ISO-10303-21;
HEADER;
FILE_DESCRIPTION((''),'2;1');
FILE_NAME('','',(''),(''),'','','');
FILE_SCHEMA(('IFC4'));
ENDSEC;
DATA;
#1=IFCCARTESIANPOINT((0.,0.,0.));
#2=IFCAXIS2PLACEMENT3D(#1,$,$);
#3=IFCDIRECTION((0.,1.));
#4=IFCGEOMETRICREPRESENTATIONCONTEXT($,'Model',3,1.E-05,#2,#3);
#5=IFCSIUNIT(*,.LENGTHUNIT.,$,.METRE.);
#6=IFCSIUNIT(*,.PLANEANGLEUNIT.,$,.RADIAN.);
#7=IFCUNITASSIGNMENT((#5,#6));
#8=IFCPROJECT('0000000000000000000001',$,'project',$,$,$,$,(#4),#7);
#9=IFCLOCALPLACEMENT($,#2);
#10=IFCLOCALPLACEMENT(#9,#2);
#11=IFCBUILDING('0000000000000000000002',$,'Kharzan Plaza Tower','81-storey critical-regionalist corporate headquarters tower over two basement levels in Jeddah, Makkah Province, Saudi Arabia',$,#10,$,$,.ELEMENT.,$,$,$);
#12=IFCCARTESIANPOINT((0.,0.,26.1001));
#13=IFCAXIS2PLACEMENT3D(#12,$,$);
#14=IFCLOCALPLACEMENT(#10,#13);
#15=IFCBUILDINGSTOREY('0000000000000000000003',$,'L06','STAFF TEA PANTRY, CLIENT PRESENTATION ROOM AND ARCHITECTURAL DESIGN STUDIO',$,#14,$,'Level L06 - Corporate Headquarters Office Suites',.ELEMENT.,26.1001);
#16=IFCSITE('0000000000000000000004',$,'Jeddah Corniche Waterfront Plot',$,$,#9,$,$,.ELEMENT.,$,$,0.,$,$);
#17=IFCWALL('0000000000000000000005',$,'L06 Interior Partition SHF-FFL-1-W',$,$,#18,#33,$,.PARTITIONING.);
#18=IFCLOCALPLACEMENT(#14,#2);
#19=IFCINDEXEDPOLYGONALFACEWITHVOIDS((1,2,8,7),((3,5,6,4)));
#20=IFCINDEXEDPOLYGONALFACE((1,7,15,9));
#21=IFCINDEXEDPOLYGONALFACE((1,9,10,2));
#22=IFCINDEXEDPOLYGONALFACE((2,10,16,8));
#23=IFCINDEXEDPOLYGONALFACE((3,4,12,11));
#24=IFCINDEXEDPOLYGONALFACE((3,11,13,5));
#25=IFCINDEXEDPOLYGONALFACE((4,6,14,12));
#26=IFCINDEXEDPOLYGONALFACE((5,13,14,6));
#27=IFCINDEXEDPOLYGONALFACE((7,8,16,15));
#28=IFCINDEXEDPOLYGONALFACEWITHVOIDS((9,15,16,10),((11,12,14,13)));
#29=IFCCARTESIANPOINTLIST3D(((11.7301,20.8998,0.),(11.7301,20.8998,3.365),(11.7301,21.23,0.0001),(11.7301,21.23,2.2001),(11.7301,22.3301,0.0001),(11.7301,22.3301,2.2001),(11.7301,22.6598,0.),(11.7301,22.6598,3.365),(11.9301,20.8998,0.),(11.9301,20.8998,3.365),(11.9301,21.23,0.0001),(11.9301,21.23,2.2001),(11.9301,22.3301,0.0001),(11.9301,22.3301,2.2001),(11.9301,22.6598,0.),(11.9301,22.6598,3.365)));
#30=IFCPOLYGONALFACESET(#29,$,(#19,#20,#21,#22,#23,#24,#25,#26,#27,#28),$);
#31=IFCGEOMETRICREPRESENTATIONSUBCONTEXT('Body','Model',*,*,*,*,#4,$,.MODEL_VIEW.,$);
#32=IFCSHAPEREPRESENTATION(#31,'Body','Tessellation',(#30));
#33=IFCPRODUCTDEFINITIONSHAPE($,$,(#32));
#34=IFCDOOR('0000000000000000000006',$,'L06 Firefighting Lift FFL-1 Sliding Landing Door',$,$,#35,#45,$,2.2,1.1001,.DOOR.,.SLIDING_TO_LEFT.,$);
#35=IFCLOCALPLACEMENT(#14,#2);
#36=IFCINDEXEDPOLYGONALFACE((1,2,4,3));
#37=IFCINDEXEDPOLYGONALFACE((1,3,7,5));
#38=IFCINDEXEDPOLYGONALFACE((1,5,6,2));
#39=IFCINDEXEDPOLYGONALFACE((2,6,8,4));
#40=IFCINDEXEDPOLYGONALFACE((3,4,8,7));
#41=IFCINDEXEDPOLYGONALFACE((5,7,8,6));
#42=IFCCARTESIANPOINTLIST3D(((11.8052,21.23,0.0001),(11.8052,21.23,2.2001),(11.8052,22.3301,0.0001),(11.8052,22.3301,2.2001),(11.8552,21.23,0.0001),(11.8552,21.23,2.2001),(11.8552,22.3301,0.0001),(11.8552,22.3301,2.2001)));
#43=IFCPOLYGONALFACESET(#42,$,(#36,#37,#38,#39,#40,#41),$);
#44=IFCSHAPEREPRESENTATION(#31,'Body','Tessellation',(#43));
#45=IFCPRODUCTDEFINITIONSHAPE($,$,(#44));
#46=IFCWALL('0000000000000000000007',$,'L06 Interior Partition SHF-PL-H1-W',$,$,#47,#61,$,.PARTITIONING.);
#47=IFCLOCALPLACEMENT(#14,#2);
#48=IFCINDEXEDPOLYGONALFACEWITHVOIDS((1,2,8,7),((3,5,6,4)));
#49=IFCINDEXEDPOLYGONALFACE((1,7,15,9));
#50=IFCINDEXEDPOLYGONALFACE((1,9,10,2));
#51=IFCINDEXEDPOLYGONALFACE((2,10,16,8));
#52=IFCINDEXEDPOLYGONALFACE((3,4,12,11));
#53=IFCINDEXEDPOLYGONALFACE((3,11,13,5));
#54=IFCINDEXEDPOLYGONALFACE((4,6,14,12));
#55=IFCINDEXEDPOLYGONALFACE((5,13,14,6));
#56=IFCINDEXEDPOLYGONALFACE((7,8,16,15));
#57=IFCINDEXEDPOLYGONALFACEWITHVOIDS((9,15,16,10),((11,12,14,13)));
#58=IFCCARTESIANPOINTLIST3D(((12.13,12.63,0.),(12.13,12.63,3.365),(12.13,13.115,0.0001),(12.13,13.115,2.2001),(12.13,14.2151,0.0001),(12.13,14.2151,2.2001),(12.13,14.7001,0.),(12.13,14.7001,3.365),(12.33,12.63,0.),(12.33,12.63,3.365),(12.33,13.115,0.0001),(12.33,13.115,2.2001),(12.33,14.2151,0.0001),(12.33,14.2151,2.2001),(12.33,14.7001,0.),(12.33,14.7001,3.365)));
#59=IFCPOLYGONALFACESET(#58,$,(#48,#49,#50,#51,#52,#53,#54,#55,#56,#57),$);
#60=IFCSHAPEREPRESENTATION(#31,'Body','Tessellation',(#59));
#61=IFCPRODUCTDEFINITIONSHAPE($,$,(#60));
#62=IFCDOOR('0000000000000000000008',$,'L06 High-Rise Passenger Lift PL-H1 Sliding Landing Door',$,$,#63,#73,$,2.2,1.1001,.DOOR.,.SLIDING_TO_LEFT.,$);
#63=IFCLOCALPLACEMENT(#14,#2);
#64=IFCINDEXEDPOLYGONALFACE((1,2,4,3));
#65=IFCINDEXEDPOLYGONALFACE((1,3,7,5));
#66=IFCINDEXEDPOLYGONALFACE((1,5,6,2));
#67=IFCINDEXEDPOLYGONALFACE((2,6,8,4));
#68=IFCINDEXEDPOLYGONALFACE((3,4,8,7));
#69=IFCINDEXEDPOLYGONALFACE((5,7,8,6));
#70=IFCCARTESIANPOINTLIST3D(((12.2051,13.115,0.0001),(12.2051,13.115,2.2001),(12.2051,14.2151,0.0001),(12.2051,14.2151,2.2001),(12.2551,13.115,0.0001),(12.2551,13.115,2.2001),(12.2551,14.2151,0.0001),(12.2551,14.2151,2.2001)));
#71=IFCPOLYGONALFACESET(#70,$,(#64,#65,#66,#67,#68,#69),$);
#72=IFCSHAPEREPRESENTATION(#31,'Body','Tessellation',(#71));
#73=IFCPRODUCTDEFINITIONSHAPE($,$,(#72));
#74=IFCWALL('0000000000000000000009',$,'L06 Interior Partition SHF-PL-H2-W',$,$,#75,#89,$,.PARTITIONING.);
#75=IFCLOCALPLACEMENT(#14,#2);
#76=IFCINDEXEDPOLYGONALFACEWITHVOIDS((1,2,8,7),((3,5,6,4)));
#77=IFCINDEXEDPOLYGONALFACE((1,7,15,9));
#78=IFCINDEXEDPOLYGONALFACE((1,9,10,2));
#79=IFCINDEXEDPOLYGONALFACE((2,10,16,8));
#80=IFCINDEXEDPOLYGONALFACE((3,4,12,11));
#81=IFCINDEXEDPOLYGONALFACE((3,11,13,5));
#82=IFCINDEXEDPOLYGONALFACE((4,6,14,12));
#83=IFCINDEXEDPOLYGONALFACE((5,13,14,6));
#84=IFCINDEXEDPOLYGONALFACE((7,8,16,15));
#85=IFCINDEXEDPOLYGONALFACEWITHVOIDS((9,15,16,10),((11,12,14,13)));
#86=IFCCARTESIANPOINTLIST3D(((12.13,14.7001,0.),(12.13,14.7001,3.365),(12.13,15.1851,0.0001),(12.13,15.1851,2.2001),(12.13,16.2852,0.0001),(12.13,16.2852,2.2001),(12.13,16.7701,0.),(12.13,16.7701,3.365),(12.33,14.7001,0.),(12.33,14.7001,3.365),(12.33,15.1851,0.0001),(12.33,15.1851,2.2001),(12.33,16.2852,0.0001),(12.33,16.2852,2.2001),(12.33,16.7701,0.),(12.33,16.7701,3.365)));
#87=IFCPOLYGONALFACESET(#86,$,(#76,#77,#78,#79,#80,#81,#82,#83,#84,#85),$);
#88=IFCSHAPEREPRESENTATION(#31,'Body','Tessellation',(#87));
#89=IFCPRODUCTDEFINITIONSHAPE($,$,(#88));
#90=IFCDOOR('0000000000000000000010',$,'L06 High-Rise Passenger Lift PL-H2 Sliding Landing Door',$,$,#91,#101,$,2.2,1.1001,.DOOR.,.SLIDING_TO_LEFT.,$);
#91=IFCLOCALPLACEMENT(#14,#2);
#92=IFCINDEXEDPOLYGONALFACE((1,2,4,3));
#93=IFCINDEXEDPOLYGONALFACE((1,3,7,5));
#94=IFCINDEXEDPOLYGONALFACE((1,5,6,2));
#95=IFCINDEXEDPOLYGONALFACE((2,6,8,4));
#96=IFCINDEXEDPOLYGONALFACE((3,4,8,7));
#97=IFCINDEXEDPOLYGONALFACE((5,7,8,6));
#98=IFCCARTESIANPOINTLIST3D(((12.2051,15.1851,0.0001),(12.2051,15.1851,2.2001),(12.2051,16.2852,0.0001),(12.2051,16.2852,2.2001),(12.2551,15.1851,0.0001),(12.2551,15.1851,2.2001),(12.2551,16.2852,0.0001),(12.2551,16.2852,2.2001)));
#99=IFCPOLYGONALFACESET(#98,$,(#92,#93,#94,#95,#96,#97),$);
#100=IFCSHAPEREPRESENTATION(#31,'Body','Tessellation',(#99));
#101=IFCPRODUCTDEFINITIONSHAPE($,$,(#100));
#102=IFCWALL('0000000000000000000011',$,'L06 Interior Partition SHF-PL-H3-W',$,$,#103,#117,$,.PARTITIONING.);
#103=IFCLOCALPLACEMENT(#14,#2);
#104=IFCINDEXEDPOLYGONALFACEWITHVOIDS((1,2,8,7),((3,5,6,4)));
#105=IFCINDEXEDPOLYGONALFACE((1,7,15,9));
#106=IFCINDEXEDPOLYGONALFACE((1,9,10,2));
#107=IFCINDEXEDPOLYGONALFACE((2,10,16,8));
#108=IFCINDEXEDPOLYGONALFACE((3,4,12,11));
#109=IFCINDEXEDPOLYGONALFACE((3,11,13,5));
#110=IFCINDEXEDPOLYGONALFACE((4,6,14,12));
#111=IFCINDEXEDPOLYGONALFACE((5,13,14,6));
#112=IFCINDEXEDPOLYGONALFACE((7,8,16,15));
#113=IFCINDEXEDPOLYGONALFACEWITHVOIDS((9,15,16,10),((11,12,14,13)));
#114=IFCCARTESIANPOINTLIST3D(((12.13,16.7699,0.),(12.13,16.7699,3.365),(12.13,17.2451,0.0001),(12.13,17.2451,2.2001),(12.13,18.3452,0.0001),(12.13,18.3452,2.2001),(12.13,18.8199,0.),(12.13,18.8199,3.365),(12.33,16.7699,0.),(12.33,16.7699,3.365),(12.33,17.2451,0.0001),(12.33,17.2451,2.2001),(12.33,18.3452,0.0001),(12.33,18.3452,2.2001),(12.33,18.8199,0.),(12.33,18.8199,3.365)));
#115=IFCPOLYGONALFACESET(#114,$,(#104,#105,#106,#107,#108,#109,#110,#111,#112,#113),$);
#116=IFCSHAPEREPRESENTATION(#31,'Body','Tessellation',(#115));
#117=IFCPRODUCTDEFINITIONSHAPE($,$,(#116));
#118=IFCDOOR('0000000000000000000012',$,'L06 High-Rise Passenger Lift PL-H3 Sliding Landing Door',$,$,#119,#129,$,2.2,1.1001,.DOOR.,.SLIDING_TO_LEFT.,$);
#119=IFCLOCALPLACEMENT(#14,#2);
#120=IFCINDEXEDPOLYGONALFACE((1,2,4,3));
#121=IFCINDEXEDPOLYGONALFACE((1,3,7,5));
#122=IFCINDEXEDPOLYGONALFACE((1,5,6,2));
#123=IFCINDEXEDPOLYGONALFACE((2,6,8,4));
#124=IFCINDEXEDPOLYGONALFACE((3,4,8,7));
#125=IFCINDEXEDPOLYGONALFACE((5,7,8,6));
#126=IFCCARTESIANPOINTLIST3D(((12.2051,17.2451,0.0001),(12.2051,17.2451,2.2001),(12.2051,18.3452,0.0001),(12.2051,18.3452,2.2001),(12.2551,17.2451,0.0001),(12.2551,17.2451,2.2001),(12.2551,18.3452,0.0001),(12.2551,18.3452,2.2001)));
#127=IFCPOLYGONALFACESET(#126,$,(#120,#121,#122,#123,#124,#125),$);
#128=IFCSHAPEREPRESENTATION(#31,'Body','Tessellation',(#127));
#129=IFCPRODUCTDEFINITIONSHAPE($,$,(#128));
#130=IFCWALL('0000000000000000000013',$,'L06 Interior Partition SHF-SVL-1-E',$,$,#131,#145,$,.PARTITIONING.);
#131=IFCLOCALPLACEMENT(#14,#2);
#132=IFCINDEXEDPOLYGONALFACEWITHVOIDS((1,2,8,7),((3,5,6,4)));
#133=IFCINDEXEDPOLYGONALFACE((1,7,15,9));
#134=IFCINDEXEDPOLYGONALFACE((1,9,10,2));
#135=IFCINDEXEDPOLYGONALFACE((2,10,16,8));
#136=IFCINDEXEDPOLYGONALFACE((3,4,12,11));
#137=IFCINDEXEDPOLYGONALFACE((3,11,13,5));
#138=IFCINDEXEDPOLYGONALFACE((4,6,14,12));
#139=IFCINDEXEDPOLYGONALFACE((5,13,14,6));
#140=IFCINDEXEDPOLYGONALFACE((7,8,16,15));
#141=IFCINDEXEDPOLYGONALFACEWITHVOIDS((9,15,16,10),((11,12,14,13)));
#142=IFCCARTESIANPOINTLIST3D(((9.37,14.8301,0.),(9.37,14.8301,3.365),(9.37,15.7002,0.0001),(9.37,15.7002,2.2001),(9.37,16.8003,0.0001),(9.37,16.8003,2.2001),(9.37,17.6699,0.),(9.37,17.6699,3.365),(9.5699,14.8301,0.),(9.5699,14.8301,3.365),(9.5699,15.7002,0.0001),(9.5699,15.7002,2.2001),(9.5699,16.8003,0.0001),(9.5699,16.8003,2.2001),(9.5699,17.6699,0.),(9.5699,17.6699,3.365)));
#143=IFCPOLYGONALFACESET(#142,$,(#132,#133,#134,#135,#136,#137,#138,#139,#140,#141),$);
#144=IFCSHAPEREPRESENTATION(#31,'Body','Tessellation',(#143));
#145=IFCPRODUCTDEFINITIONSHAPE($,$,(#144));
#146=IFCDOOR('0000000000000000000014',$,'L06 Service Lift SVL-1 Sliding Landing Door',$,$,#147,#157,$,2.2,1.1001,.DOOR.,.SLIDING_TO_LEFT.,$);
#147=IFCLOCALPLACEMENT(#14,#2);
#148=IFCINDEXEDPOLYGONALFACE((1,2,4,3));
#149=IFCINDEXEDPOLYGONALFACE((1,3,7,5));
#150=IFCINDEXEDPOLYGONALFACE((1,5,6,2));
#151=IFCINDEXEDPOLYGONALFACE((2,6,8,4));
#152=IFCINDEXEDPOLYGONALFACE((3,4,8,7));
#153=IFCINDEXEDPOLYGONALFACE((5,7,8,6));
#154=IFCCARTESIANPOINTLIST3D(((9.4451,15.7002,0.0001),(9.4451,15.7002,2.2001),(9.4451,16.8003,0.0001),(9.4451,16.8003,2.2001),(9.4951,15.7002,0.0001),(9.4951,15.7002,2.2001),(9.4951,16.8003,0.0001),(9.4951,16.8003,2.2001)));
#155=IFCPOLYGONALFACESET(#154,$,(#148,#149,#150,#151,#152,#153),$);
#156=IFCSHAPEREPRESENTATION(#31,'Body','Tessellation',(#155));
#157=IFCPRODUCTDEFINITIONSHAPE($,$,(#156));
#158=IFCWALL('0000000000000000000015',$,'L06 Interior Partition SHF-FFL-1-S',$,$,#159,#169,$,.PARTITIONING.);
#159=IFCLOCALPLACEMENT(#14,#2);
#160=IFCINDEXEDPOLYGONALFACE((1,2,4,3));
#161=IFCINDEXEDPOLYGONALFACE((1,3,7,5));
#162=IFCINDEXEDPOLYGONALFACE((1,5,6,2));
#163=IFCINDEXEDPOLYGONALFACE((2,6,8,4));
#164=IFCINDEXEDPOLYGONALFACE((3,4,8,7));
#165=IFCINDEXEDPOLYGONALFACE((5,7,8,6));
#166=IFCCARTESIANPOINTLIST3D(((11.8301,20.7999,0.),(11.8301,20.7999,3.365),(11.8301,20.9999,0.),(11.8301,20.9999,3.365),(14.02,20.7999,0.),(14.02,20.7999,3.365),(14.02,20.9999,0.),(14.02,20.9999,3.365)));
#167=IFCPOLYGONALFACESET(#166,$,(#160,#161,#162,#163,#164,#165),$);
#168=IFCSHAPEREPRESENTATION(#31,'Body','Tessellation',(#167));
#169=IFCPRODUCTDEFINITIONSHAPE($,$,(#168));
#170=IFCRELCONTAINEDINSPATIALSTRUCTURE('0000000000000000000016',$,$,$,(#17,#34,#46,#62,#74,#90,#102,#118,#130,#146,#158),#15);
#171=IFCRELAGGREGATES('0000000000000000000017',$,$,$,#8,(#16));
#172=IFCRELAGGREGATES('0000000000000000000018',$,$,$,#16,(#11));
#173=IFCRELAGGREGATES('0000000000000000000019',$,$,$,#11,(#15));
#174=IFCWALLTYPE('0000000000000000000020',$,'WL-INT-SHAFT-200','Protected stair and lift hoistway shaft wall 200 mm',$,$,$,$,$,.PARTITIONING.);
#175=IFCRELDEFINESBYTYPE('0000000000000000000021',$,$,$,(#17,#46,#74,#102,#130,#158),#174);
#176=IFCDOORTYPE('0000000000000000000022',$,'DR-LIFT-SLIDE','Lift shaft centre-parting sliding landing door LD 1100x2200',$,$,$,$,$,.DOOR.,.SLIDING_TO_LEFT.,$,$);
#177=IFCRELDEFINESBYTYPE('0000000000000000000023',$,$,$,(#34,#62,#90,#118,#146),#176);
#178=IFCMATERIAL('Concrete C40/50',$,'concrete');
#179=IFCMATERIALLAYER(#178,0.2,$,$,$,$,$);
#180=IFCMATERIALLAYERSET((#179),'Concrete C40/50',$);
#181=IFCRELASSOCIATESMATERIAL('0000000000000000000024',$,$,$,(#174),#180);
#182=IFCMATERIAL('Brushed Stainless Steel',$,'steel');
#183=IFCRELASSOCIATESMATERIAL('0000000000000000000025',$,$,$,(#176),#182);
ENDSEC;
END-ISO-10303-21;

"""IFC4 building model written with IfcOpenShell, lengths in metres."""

from ifc_helpers import new_model, si_unit, direction, frame, frame_2d, origin, place, context, subcontext, project, spatial, rectangle, extrude, source, transform, mapped, material, layer, layer_set, type_object, element, fill, save


model = new_model("IFC4")

# Units and contexts
model_context = context("Model", 3, precision=1e-05, world=origin(), true_north=direction((0.0, 1.0)))
body_context = subcontext(model_context, "Body", "Model", "MODEL_VIEW")
ifc_project = project(units=[si_unit("LENGTHUNIT", "METRE"), si_unit("PLANEANGLEUNIT", "RADIAN")], contexts=[model_context])

# Site, building, storey
site_placement = place(None, origin())
site = spatial("IfcSite", under=ifc_project, at=site_placement, Name="Jeddah Corniche Waterfront Plot", CompositionType="ELEMENT", RefElevation=0.0)
building_placement = place(site_placement, origin())
building = spatial("IfcBuilding", under=site, at=building_placement, Name="Kharzan Plaza Tower", Description="81-storey critical-regionalist corporate headquarters tower over two basement levels in Jeddah, Makkah Province, Saudi Arabia", CompositionType="ELEMENT")
storey_placement = place(building_placement, frame((0.0, 0.0, 26.1001)))
storey = spatial("IfcBuildingStorey", under=building, at=storey_placement, Name="L06", Description="STAFF TEA PANTRY, CLIENT PRESENTATION ROOM AND ARCHITECTURAL DESIGN STUDIO", LongName="Level L06 - Corporate Headquarters Office Suites", CompositionType="ELEMENT", Elevation=26.1001)

# Walls, openings, doors
ifc_material_1 = material(Name="Concrete C40/50", Category="concrete")
ifc_layer_1 = layer(ifc_material_1, 0.2)
ifc_layer_set_1 = layer_set([ifc_layer_1], Name="Concrete C40/50")
wall_type = type_object("IfcWallType", Name="WL-INT-SHAFT-200", Description="Protected stair and lift hoistway shaft wall 200 mm", PredefinedType="PARTITIONING", material=ifc_layer_set_1)
wall_1_placement = place(storey_placement, frame((11.8301, 20.8999, 0.0), z_axis=(0.0, 0.0, 1.0), x_axis=(0.0, 1.0, 0.0)))
wall_1 = element("IfcWall", 1, at=wall_1_placement, inside=storey, type_object=wall_type, Name="L06 Interior Partition SHF-FFL-1-W", PredefinedType="PARTITIONING", context=body_context, shape_type="SweptSolid", body=[
    extrude(rectangle(XDim=1.76, YDim=0.2, at=frame_2d((0.8799, 0.0))), origin(), (0.0, 0.0, 1.0), 3.365),
])
opening_1_placement = place(wall_1_placement, frame((0.3301, 0.0, 0.0)))
opening_1 = element("IfcOpeningElement", 2, at=opening_1_placement, cuts=wall_1, PredefinedType="OPENING", context=body_context, shape_type="SweptSolid", body=[
    extrude(rectangle(XDim=1.1001, YDim=2.2, at=frame_2d((0.55, 1.1001))), frame((0.0, 0.1099, 0.0), z_axis=(0.0, -1.0, 0.0), x_axis=(1.0, 0.0, 0.0)), (0.0, 0.0, 1.0), 0.22),
])
ifc_material_2 = material(Name="Brushed Stainless Steel", Category="steel")
door_type = type_object("IfcDoorType", Name="DR-LIFT-SLIDE", Description="Lift shaft centre-parting sliding landing door LD 1100x2200", OperationType="SLIDING_TO_LEFT", PredefinedType="DOOR", material=ifc_material_2)
shared_shape_1 = source(origin(), body_context, "Body", "SweptSolid", [
    extrude(rectangle(XDim=1.1001, YDim=2.2, at=frame_2d((0.55, 1.1001))), frame((0.0, 0.0249, 0.0), z_axis=(0.0, -1.0, 0.0), x_axis=(1.0, 0.0, 0.0)), (0.0, 0.0, 1.0), 0.05),
])
door_1_placement = place(opening_1_placement, origin())
door_1 = element("IfcDoor", 3, at=door_1_placement, inside=storey, type_object=door_type, Name="L06 Firefighting Lift FFL-1 Sliding Landing Door", OperationType="SLIDING_TO_LEFT", OverallHeight=2.2, OverallWidth=1.1001, PredefinedType="DOOR", context=body_context, shape_type="MappedRepresentation", body=[
    mapped(shared_shape_1, transform((0.0, 0.0, 0.0), x_axis=(1.0, 0.0, 0.0), y_axis=(0.0, 1.0, 0.0), z_axis=(0.0, 0.0, 1.0))),
])
fill(opening_1, door_1)
wall_2_placement = place(storey_placement, frame((12.23, 12.6299, 0.0), z_axis=(0.0, 0.0, 1.0), x_axis=(0.0, 1.0, 0.0)))
wall_2 = element("IfcWall", 4, at=wall_2_placement, inside=storey, type_object=wall_type, Name="L06 Interior Partition SHF-PL-H1-W", PredefinedType="PARTITIONING", context=body_context, shape_type="SweptSolid", body=[
    extrude(rectangle(XDim=2.0701, YDim=0.2, at=frame_2d((1.0352, 0.0))), origin(), (0.0, 0.0, 1.0), 3.365),
])
opening_2_placement = place(wall_2_placement, frame((0.4851, 0.0, 0.0)))
opening_2 = element("IfcOpeningElement", 5, at=opening_2_placement, cuts=wall_2, PredefinedType="OPENING", context=body_context, shape_type="SweptSolid", body=[
    extrude(rectangle(XDim=1.1001, YDim=2.2, at=frame_2d((0.55, 1.1001))), frame((0.0, 0.1099, 0.0), z_axis=(0.0, -1.0, 0.0), x_axis=(1.0, 0.0, 0.0)), (0.0, 0.0, 1.0), 0.22),
])
door_2_placement = place(opening_2_placement, origin())
door_2 = element("IfcDoor", 6, at=door_2_placement, inside=storey, type_object=door_type, Name="L06 High-Rise Passenger Lift PL-H1 Sliding Landing Door", OperationType="SLIDING_TO_LEFT", OverallHeight=2.2, OverallWidth=1.1001, PredefinedType="DOOR", context=body_context, shape_type="MappedRepresentation", body=[
    mapped(shared_shape_1, transform((0.0, 0.0, 0.0), x_axis=(1.0, 0.0, 0.0), y_axis=(0.0, 1.0, 0.0), z_axis=(0.0, 0.0, 1.0))),
])
fill(opening_2, door_2)
wall_3_placement = place(storey_placement, frame((12.23, 14.7, 0.0), z_axis=(0.0, 0.0, 1.0), x_axis=(0.0, 1.0, 0.0)))
wall_3 = element("IfcWall", 7, at=wall_3_placement, inside=storey, type_object=wall_type, Name="L06 Interior Partition SHF-PL-H2-W", PredefinedType="PARTITIONING", context=body_context, shape_type="SweptSolid", body=[
    extrude(rectangle(XDim=2.0701, YDim=0.2, at=frame_2d((1.0352, 0.0))), origin(), (0.0, 0.0, 1.0), 3.365),
])
opening_3_placement = place(wall_3_placement, frame((0.4851, 0.0, 0.0)))
opening_3 = element("IfcOpeningElement", 8, at=opening_3_placement, cuts=wall_3, PredefinedType="OPENING", context=body_context, shape_type="SweptSolid", body=[
    extrude(rectangle(XDim=1.1001, YDim=2.2, at=frame_2d((0.55, 1.1001))), frame((0.0, 0.1099, 0.0), z_axis=(0.0, -1.0, 0.0), x_axis=(1.0, 0.0, 0.0)), (0.0, 0.0, 1.0), 0.22),
])
door_3_placement = place(opening_3_placement, origin())
door_3 = element("IfcDoor", 9, at=door_3_placement, inside=storey, type_object=door_type, Name="L06 High-Rise Passenger Lift PL-H2 Sliding Landing Door", OperationType="SLIDING_TO_LEFT", OverallHeight=2.2, OverallWidth=1.1001, PredefinedType="DOOR", context=body_context, shape_type="MappedRepresentation", body=[
    mapped(shared_shape_1, transform((0.0, 0.0, 0.0), x_axis=(1.0, 0.0, 0.0), y_axis=(0.0, 1.0, 0.0), z_axis=(0.0, 0.0, 1.0))),
])
fill(opening_3, door_3)
wall_4_placement = place(storey_placement, frame((12.23, 16.77, 0.0), z_axis=(0.0, 0.0, 1.0), x_axis=(0.0, 1.0, 0.0)))
wall_4 = element("IfcWall", 10, at=wall_4_placement, inside=storey, type_object=wall_type, Name="L06 Interior Partition SHF-PL-H3-W", PredefinedType="PARTITIONING", context=body_context, shape_type="SweptSolid", body=[
    extrude(rectangle(XDim=2.05, YDim=0.2, at=frame_2d((1.0249, 0.0))), origin(), (0.0, 0.0, 1.0), 3.365),
])
opening_4_placement = place(wall_4_placement, frame((0.4751, 0.0, 0.0)))
opening_4 = element("IfcOpeningElement", 11, at=opening_4_placement, cuts=wall_4, PredefinedType="OPENING", context=body_context, shape_type="SweptSolid", body=[
    extrude(rectangle(XDim=1.1001, YDim=2.2, at=frame_2d((0.55, 1.1001))), frame((0.0, 0.1099, 0.0), z_axis=(0.0, -1.0, 0.0), x_axis=(1.0, 0.0, 0.0)), (0.0, 0.0, 1.0), 0.22),
])
door_4_placement = place(opening_4_placement, origin())
door_4 = element("IfcDoor", 12, at=door_4_placement, inside=storey, type_object=door_type, Name="L06 High-Rise Passenger Lift PL-H3 Sliding Landing Door", OperationType="SLIDING_TO_LEFT", OverallHeight=2.2, OverallWidth=1.1001, PredefinedType="DOOR", context=body_context, shape_type="MappedRepresentation", body=[
    mapped(shared_shape_1, transform((0.0, 0.0, 0.0), x_axis=(1.0, 0.0, 0.0), y_axis=(0.0, 1.0, 0.0), z_axis=(0.0, 0.0, 1.0))),
])
fill(opening_4, door_4)
wall_5_placement = place(storey_placement, frame((9.47, 14.8301, 0.0), z_axis=(0.0, 0.0, 1.0), x_axis=(0.0, 1.0, 0.0)))
wall_5 = element("IfcWall", 13, at=wall_5_placement, inside=storey, type_object=wall_type, Name="L06 Interior Partition SHF-SVL-1-E", PredefinedType="PARTITIONING", context=body_context, shape_type="SweptSolid", body=[
    extrude(rectangle(XDim=2.8398, YDim=0.2, at=frame_2d((1.4199, 0.0))), origin(), (0.0, 0.0, 1.0), 3.365),
])
opening_5_placement = place(wall_5_placement, frame((0.8701, 0.0, 0.0)))
opening_5 = element("IfcOpeningElement", 14, at=opening_5_placement, cuts=wall_5, PredefinedType="OPENING", context=body_context, shape_type="SweptSolid", body=[
    extrude(rectangle(XDim=1.1001, YDim=2.2, at=frame_2d((0.55, 1.1001))), frame((0.0, 0.1099, 0.0), z_axis=(0.0, -1.0, 0.0), x_axis=(1.0, 0.0, 0.0)), (0.0, 0.0, 1.0), 0.22),
])
door_5_placement = place(opening_5_placement, origin())
door_5 = element("IfcDoor", 15, at=door_5_placement, inside=storey, type_object=door_type, Name="L06 Service Lift SVL-1 Sliding Landing Door", OperationType="SLIDING_TO_LEFT", OverallHeight=2.2, OverallWidth=1.1001, PredefinedType="DOOR", context=body_context, shape_type="MappedRepresentation", body=[
    mapped(shared_shape_1, transform((0.0, 0.0, 0.0), x_axis=(1.0, 0.0, 0.0), y_axis=(0.0, 1.0, 0.0), z_axis=(0.0, 0.0, 1.0))),
])
fill(opening_5, door_5)

# Wall
shared_shape_2 = source(origin(), body_context, "Body", "SweptSolid", [
    extrude(rectangle(XDim=2.1899, YDim=0.2, at=frame_2d((1.095, 0.0))), origin(), (0.0, 0.0, 1.0), 3.365),
])
wall_6_placement = place(storey_placement, frame((11.8301, 20.8999, 0.0), z_axis=(0.0, 0.0, 1.0), x_axis=(1.0, 0.0, 0.0)))
element("IfcWall", 16, at=wall_6_placement, inside=storey, type_object=wall_type, Name="L06 Interior Partition SHF-FFL-1-S", PredefinedType="PARTITIONING", context=body_context, shape_type="MappedRepresentation", body=[
    mapped(shared_shape_2, transform((0.0, 0.0, 0.0), x_axis=(1.0, 0.0, 0.0), y_axis=(0.0, 1.0, 0.0), z_axis=(0.0, 0.0, 1.0))),
])

save(model, "model.ifc")
